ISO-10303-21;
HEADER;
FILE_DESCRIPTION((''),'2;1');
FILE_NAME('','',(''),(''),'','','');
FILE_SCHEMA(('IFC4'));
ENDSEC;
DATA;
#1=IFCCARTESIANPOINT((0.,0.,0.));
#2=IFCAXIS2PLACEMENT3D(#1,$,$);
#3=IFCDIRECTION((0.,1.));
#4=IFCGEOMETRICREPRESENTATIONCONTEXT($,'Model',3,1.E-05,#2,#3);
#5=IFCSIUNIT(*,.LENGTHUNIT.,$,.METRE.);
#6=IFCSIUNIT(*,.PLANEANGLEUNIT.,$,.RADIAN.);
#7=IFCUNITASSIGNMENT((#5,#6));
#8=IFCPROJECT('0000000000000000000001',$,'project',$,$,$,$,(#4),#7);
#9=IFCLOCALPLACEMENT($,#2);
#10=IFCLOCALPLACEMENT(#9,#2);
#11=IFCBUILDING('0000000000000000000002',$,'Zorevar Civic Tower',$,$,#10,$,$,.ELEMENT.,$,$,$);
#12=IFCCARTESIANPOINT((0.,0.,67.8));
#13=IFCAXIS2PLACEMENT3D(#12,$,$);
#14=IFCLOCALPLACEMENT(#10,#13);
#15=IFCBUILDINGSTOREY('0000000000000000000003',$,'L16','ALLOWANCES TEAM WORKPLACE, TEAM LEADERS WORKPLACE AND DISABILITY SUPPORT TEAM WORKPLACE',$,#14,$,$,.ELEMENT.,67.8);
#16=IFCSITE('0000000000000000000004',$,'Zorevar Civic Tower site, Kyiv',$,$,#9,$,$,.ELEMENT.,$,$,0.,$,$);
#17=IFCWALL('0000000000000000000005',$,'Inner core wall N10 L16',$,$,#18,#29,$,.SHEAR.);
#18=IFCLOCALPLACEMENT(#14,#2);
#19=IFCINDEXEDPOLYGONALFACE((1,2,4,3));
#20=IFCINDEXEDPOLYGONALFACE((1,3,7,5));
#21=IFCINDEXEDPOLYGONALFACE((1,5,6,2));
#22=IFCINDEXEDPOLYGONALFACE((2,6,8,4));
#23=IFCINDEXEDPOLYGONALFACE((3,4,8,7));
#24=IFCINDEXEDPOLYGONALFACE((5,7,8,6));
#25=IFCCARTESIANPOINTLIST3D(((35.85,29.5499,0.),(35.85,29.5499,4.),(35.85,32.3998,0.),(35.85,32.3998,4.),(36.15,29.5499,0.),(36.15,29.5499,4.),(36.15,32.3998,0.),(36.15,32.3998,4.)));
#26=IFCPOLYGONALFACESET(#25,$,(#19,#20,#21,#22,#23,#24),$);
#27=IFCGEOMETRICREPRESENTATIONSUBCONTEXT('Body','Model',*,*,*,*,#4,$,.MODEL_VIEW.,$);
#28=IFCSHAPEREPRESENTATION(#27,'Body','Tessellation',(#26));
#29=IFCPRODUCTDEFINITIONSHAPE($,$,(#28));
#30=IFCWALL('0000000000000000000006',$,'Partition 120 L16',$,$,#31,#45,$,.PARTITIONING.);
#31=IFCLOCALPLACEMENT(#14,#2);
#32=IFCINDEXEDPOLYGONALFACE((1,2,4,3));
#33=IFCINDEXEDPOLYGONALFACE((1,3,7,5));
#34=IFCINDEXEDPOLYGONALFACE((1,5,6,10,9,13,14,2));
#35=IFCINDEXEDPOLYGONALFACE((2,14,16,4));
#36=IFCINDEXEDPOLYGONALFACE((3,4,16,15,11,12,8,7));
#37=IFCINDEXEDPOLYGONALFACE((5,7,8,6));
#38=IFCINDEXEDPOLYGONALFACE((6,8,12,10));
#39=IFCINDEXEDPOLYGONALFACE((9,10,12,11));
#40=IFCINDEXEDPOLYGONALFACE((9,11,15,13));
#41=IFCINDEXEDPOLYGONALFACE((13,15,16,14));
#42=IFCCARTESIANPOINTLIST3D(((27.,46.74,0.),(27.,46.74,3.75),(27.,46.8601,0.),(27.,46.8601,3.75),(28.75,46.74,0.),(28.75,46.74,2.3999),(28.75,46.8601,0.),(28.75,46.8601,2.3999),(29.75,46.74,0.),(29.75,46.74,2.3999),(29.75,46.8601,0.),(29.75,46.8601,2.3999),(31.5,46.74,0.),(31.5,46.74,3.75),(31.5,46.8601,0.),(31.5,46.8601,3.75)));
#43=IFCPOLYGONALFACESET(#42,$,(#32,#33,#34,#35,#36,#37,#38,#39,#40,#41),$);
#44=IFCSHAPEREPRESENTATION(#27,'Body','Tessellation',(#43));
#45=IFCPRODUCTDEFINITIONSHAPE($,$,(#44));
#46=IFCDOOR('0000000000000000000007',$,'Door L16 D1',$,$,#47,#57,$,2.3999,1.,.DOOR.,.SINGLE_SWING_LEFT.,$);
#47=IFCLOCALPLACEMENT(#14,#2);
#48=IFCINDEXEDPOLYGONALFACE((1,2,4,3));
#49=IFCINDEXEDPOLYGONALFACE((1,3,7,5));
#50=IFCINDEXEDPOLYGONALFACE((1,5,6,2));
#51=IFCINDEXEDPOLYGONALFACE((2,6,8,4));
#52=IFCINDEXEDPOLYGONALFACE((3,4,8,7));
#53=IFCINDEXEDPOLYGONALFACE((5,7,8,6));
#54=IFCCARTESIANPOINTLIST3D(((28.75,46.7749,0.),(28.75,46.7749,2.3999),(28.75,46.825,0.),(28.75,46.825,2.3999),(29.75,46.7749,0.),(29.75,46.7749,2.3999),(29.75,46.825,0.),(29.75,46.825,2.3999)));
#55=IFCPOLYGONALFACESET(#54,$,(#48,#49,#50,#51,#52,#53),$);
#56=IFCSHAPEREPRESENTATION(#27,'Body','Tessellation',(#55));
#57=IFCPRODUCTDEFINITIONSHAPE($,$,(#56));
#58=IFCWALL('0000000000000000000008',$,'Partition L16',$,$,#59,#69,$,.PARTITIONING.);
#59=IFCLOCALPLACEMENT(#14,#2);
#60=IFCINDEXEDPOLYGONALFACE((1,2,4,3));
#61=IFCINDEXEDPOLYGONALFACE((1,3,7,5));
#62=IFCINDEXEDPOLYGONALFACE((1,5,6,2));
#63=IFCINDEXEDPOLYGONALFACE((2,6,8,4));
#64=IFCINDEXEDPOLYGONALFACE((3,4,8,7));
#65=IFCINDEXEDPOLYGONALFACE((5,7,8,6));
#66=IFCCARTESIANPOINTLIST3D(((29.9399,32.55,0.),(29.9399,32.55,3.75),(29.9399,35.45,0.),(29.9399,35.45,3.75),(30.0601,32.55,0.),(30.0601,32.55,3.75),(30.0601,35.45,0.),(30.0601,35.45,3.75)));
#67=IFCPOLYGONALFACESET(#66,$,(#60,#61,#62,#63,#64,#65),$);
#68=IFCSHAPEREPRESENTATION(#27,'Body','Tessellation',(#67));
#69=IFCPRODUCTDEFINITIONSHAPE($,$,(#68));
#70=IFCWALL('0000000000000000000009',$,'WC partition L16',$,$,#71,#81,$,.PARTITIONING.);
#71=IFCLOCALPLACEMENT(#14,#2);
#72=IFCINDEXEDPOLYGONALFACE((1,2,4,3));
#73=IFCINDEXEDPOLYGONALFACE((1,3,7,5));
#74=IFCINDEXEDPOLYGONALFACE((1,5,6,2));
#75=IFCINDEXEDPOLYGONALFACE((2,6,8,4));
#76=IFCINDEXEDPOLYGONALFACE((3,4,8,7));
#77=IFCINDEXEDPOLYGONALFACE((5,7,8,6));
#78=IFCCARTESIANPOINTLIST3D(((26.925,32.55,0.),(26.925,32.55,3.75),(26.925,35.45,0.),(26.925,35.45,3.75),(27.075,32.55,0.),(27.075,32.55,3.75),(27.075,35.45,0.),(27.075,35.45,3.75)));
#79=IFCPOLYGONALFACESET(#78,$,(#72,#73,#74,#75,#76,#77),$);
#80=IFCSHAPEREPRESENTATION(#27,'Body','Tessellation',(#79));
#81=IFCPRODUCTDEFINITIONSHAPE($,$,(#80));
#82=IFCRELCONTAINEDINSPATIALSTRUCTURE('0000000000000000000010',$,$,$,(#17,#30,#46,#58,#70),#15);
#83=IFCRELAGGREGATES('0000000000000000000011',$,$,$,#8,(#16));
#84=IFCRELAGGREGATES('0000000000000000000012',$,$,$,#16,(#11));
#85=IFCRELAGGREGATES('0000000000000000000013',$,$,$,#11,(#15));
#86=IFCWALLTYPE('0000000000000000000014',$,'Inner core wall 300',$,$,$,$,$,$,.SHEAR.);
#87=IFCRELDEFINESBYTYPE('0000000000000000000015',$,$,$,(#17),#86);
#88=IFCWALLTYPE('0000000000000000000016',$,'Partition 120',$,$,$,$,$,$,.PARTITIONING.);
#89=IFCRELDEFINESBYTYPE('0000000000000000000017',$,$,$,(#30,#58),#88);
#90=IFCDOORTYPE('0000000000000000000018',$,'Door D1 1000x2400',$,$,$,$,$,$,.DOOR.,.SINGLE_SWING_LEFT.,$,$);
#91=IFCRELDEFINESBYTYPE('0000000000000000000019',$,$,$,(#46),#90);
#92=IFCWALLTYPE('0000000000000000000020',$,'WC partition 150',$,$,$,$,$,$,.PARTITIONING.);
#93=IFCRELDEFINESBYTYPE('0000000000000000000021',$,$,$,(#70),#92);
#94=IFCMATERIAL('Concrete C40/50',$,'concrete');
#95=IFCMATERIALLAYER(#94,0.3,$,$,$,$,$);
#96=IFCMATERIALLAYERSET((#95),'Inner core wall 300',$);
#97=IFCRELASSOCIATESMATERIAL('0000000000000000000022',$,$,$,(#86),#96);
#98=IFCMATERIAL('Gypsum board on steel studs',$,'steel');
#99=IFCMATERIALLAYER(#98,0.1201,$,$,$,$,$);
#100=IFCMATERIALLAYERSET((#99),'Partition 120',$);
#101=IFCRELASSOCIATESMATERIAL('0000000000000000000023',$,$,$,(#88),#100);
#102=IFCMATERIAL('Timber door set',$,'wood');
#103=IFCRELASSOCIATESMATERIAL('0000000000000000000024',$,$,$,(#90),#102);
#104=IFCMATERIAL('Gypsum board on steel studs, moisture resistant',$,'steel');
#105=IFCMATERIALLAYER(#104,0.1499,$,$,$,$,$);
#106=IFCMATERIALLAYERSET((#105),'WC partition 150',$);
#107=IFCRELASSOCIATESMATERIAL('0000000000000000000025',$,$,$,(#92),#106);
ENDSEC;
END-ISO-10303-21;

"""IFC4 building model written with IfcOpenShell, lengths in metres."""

from ifc_helpers import new_model, si_unit, direction, frame, frame_2d, origin, place, context, subcontext, project, spatial, rectangle, extrude, material, layer, layer_set, type_object, element, fill, save


model = new_model("IFC4")

# Units and contexts
model_context = context("Model", 3, precision=1e-05, world=origin(), true_north=direction((0.0, 1.0)))
body_context = subcontext(model_context, "Body", "Model", "MODEL_VIEW")
ifc_project = project(units=[si_unit("LENGTHUNIT", "METRE"), si_unit("PLANEANGLEUNIT", "RADIAN")], contexts=[model_context])

# Site, building, storey
site_placement = place(None, origin())
site = spatial("IfcSite", under=ifc_project, at=site_placement, Name="Zorevar Civic Tower site, Kyiv", CompositionType="ELEMENT", RefElevation=0.0)
building_placement = place(site_placement, origin())
building = spatial("IfcBuilding", under=site, at=building_placement, Name="Zorevar Civic Tower", CompositionType="ELEMENT")
storey_placement = place(building_placement, frame((0.0, 0.0, 67.8)))
storey = spatial("IfcBuildingStorey", under=building, at=storey_placement, Name="L16", Description="ALLOWANCES TEAM WORKPLACE, TEAM LEADERS WORKPLACE AND DISABILITY SUPPORT TEAM WORKPLACE", CompositionType="ELEMENT", Elevation=67.8)

# Shared definitions
ifc_material_1 = material(Name="Concrete C40/50", Category="concrete")
ifc_layer_1 = layer(ifc_material_1, 0.3)
ifc_layer_set_1 = layer_set([ifc_layer_1], Name="Inner core wall 300")
wall_type_1 = type_object("IfcWallType", Name="Inner core wall 300", PredefinedType="SHEAR", material=ifc_layer_set_1)

# Wall
wall_1_placement = place(storey_placement, frame((36.0, 29.55, 0.0), z_axis=(0.0, 0.0, 1.0), x_axis=(0.0, 1.0, 0.0)))
element("IfcWall", 1, at=wall_1_placement, inside=storey, type_object=wall_type_1, Name="Inner core wall N10 L16", PredefinedType="SHEAR", context=body_context, shape_type="SweptSolid", body=[
    extrude(rectangle(XDim=2.8499, YDim=0.3, at=frame_2d((1.4248, 0.0))), origin(), (0.0, 0.0, 1.0), 4.0),
])

# Wall, opening, door
ifc_material_2 = material(Name="Gypsum board on steel studs", Category="steel")
ifc_layer_2 = layer(ifc_material_2, 0.1201)
ifc_layer_set_2 = layer_set([ifc_layer_2], Name="Partition 120")
wall_type_2 = type_object("IfcWallType", Name="Partition 120", PredefinedType="PARTITIONING", material=ifc_layer_set_2)
wall_2_placement = place(storey_placement, frame((27.0, 46.8, 0.0), z_axis=(0.0, 0.0, 1.0), x_axis=(1.0, 0.0, 0.0)))
wall_2 = element("IfcWall", 2, at=wall_2_placement, inside=storey, type_object=wall_type_2, Name="Partition 120 L16", PredefinedType="PARTITIONING", context=body_context, shape_type="SweptSolid", body=[
    extrude(rectangle(XDim=4.5, YDim=0.1201, at=frame_2d((2.25, 0.0))), origin(), (0.0, 0.0, 1.0), 3.75),
])
opening_1_placement = place(wall_2_placement, frame((1.75, 0.0, 0.0)))
opening_1 = element("IfcOpeningElement", 3, at=opening_1_placement, cuts=wall_2, PredefinedType="OPENING", context=body_context, shape_type="SweptSolid", body=[
    extrude(rectangle(XDim=1.0, YDim=2.3999, at=frame_2d((0.5, 1.2))), frame((0.0, 0.0701, 0.0), z_axis=(0.0, -1.0, 0.0), x_axis=(1.0, 0.0, 0.0)), (0.0, 0.0, 1.0), 0.1401),
])
ifc_material_3 = material(Name="Timber door set", Category="wood")
door_type_1 = type_object("IfcDoorType", Name="Door D1 1000x2400", OperationType="SINGLE_SWING_LEFT", PredefinedType="DOOR", material=ifc_material_3)
door_1_placement = place(opening_1_placement, origin())
door_1 = element("IfcDoor", 4, at=door_1_placement, inside=storey, type_object=door_type_1, Name="Door L16 D1", OperationType="SINGLE_SWING_LEFT", OverallHeight=2.3999, OverallWidth=1.0, PredefinedType="DOOR", context=body_context, shape_type="SweptSolid", body=[
    extrude(rectangle(XDim=1.0, YDim=2.3999, at=frame_2d((0.5, 1.2))), frame((0.0, 0.0249, 0.0), z_axis=(0.0, -1.0, 0.0), x_axis=(1.0, 0.0, 0.0)), (0.0, 0.0, 1.0), 0.05),
])
fill(opening_1, door_1)

# Walls
wall_3_placement = place(storey_placement, frame((30.0, 32.55, 0.0), z_axis=(0.0, 0.0, 1.0), x_axis=(0.0, 1.0, 0.0)))
element("IfcWall", 5, at=wall_3_placement, inside=storey, type_object=wall_type_2, Name="Partition L16", PredefinedType="PARTITIONING", context=body_context, shape_type="SweptSolid", body=[
    extrude(rectangle(XDim=2.8999, YDim=0.1201, at=frame_2d((1.45, 0.0))), origin(), (0.0, 0.0, 1.0), 3.75),
])
ifc_material_4 = material(Name="Gypsum board on steel studs, moisture resistant", Category="steel")
ifc_layer_3 = layer(ifc_material_4, 0.1499)
ifc_layer_set_3 = layer_set([ifc_layer_3], Name="WC partition 150")
wall_type_3 = type_object("IfcWallType", Name="WC partition 150", PredefinedType="PARTITIONING", material=ifc_layer_set_3)
wall_4_placement = place(storey_placement, frame((27.0, 32.55, 0.0), z_axis=(0.0, 0.0, 1.0), x_axis=(0.0, 1.0, 0.0)))
element("IfcWall", 6, at=wall_4_placement, inside=storey, type_object=wall_type_3, Name="WC partition L16", PredefinedType="PARTITIONING", context=body_context, shape_type="SweptSolid", body=[
    extrude(rectangle(XDim=2.8999, YDim=0.1499, at=frame_2d((1.45, 0.0))), origin(), (0.0, 0.0, 1.0), 3.75),
])

save(model, "model.ifc")
